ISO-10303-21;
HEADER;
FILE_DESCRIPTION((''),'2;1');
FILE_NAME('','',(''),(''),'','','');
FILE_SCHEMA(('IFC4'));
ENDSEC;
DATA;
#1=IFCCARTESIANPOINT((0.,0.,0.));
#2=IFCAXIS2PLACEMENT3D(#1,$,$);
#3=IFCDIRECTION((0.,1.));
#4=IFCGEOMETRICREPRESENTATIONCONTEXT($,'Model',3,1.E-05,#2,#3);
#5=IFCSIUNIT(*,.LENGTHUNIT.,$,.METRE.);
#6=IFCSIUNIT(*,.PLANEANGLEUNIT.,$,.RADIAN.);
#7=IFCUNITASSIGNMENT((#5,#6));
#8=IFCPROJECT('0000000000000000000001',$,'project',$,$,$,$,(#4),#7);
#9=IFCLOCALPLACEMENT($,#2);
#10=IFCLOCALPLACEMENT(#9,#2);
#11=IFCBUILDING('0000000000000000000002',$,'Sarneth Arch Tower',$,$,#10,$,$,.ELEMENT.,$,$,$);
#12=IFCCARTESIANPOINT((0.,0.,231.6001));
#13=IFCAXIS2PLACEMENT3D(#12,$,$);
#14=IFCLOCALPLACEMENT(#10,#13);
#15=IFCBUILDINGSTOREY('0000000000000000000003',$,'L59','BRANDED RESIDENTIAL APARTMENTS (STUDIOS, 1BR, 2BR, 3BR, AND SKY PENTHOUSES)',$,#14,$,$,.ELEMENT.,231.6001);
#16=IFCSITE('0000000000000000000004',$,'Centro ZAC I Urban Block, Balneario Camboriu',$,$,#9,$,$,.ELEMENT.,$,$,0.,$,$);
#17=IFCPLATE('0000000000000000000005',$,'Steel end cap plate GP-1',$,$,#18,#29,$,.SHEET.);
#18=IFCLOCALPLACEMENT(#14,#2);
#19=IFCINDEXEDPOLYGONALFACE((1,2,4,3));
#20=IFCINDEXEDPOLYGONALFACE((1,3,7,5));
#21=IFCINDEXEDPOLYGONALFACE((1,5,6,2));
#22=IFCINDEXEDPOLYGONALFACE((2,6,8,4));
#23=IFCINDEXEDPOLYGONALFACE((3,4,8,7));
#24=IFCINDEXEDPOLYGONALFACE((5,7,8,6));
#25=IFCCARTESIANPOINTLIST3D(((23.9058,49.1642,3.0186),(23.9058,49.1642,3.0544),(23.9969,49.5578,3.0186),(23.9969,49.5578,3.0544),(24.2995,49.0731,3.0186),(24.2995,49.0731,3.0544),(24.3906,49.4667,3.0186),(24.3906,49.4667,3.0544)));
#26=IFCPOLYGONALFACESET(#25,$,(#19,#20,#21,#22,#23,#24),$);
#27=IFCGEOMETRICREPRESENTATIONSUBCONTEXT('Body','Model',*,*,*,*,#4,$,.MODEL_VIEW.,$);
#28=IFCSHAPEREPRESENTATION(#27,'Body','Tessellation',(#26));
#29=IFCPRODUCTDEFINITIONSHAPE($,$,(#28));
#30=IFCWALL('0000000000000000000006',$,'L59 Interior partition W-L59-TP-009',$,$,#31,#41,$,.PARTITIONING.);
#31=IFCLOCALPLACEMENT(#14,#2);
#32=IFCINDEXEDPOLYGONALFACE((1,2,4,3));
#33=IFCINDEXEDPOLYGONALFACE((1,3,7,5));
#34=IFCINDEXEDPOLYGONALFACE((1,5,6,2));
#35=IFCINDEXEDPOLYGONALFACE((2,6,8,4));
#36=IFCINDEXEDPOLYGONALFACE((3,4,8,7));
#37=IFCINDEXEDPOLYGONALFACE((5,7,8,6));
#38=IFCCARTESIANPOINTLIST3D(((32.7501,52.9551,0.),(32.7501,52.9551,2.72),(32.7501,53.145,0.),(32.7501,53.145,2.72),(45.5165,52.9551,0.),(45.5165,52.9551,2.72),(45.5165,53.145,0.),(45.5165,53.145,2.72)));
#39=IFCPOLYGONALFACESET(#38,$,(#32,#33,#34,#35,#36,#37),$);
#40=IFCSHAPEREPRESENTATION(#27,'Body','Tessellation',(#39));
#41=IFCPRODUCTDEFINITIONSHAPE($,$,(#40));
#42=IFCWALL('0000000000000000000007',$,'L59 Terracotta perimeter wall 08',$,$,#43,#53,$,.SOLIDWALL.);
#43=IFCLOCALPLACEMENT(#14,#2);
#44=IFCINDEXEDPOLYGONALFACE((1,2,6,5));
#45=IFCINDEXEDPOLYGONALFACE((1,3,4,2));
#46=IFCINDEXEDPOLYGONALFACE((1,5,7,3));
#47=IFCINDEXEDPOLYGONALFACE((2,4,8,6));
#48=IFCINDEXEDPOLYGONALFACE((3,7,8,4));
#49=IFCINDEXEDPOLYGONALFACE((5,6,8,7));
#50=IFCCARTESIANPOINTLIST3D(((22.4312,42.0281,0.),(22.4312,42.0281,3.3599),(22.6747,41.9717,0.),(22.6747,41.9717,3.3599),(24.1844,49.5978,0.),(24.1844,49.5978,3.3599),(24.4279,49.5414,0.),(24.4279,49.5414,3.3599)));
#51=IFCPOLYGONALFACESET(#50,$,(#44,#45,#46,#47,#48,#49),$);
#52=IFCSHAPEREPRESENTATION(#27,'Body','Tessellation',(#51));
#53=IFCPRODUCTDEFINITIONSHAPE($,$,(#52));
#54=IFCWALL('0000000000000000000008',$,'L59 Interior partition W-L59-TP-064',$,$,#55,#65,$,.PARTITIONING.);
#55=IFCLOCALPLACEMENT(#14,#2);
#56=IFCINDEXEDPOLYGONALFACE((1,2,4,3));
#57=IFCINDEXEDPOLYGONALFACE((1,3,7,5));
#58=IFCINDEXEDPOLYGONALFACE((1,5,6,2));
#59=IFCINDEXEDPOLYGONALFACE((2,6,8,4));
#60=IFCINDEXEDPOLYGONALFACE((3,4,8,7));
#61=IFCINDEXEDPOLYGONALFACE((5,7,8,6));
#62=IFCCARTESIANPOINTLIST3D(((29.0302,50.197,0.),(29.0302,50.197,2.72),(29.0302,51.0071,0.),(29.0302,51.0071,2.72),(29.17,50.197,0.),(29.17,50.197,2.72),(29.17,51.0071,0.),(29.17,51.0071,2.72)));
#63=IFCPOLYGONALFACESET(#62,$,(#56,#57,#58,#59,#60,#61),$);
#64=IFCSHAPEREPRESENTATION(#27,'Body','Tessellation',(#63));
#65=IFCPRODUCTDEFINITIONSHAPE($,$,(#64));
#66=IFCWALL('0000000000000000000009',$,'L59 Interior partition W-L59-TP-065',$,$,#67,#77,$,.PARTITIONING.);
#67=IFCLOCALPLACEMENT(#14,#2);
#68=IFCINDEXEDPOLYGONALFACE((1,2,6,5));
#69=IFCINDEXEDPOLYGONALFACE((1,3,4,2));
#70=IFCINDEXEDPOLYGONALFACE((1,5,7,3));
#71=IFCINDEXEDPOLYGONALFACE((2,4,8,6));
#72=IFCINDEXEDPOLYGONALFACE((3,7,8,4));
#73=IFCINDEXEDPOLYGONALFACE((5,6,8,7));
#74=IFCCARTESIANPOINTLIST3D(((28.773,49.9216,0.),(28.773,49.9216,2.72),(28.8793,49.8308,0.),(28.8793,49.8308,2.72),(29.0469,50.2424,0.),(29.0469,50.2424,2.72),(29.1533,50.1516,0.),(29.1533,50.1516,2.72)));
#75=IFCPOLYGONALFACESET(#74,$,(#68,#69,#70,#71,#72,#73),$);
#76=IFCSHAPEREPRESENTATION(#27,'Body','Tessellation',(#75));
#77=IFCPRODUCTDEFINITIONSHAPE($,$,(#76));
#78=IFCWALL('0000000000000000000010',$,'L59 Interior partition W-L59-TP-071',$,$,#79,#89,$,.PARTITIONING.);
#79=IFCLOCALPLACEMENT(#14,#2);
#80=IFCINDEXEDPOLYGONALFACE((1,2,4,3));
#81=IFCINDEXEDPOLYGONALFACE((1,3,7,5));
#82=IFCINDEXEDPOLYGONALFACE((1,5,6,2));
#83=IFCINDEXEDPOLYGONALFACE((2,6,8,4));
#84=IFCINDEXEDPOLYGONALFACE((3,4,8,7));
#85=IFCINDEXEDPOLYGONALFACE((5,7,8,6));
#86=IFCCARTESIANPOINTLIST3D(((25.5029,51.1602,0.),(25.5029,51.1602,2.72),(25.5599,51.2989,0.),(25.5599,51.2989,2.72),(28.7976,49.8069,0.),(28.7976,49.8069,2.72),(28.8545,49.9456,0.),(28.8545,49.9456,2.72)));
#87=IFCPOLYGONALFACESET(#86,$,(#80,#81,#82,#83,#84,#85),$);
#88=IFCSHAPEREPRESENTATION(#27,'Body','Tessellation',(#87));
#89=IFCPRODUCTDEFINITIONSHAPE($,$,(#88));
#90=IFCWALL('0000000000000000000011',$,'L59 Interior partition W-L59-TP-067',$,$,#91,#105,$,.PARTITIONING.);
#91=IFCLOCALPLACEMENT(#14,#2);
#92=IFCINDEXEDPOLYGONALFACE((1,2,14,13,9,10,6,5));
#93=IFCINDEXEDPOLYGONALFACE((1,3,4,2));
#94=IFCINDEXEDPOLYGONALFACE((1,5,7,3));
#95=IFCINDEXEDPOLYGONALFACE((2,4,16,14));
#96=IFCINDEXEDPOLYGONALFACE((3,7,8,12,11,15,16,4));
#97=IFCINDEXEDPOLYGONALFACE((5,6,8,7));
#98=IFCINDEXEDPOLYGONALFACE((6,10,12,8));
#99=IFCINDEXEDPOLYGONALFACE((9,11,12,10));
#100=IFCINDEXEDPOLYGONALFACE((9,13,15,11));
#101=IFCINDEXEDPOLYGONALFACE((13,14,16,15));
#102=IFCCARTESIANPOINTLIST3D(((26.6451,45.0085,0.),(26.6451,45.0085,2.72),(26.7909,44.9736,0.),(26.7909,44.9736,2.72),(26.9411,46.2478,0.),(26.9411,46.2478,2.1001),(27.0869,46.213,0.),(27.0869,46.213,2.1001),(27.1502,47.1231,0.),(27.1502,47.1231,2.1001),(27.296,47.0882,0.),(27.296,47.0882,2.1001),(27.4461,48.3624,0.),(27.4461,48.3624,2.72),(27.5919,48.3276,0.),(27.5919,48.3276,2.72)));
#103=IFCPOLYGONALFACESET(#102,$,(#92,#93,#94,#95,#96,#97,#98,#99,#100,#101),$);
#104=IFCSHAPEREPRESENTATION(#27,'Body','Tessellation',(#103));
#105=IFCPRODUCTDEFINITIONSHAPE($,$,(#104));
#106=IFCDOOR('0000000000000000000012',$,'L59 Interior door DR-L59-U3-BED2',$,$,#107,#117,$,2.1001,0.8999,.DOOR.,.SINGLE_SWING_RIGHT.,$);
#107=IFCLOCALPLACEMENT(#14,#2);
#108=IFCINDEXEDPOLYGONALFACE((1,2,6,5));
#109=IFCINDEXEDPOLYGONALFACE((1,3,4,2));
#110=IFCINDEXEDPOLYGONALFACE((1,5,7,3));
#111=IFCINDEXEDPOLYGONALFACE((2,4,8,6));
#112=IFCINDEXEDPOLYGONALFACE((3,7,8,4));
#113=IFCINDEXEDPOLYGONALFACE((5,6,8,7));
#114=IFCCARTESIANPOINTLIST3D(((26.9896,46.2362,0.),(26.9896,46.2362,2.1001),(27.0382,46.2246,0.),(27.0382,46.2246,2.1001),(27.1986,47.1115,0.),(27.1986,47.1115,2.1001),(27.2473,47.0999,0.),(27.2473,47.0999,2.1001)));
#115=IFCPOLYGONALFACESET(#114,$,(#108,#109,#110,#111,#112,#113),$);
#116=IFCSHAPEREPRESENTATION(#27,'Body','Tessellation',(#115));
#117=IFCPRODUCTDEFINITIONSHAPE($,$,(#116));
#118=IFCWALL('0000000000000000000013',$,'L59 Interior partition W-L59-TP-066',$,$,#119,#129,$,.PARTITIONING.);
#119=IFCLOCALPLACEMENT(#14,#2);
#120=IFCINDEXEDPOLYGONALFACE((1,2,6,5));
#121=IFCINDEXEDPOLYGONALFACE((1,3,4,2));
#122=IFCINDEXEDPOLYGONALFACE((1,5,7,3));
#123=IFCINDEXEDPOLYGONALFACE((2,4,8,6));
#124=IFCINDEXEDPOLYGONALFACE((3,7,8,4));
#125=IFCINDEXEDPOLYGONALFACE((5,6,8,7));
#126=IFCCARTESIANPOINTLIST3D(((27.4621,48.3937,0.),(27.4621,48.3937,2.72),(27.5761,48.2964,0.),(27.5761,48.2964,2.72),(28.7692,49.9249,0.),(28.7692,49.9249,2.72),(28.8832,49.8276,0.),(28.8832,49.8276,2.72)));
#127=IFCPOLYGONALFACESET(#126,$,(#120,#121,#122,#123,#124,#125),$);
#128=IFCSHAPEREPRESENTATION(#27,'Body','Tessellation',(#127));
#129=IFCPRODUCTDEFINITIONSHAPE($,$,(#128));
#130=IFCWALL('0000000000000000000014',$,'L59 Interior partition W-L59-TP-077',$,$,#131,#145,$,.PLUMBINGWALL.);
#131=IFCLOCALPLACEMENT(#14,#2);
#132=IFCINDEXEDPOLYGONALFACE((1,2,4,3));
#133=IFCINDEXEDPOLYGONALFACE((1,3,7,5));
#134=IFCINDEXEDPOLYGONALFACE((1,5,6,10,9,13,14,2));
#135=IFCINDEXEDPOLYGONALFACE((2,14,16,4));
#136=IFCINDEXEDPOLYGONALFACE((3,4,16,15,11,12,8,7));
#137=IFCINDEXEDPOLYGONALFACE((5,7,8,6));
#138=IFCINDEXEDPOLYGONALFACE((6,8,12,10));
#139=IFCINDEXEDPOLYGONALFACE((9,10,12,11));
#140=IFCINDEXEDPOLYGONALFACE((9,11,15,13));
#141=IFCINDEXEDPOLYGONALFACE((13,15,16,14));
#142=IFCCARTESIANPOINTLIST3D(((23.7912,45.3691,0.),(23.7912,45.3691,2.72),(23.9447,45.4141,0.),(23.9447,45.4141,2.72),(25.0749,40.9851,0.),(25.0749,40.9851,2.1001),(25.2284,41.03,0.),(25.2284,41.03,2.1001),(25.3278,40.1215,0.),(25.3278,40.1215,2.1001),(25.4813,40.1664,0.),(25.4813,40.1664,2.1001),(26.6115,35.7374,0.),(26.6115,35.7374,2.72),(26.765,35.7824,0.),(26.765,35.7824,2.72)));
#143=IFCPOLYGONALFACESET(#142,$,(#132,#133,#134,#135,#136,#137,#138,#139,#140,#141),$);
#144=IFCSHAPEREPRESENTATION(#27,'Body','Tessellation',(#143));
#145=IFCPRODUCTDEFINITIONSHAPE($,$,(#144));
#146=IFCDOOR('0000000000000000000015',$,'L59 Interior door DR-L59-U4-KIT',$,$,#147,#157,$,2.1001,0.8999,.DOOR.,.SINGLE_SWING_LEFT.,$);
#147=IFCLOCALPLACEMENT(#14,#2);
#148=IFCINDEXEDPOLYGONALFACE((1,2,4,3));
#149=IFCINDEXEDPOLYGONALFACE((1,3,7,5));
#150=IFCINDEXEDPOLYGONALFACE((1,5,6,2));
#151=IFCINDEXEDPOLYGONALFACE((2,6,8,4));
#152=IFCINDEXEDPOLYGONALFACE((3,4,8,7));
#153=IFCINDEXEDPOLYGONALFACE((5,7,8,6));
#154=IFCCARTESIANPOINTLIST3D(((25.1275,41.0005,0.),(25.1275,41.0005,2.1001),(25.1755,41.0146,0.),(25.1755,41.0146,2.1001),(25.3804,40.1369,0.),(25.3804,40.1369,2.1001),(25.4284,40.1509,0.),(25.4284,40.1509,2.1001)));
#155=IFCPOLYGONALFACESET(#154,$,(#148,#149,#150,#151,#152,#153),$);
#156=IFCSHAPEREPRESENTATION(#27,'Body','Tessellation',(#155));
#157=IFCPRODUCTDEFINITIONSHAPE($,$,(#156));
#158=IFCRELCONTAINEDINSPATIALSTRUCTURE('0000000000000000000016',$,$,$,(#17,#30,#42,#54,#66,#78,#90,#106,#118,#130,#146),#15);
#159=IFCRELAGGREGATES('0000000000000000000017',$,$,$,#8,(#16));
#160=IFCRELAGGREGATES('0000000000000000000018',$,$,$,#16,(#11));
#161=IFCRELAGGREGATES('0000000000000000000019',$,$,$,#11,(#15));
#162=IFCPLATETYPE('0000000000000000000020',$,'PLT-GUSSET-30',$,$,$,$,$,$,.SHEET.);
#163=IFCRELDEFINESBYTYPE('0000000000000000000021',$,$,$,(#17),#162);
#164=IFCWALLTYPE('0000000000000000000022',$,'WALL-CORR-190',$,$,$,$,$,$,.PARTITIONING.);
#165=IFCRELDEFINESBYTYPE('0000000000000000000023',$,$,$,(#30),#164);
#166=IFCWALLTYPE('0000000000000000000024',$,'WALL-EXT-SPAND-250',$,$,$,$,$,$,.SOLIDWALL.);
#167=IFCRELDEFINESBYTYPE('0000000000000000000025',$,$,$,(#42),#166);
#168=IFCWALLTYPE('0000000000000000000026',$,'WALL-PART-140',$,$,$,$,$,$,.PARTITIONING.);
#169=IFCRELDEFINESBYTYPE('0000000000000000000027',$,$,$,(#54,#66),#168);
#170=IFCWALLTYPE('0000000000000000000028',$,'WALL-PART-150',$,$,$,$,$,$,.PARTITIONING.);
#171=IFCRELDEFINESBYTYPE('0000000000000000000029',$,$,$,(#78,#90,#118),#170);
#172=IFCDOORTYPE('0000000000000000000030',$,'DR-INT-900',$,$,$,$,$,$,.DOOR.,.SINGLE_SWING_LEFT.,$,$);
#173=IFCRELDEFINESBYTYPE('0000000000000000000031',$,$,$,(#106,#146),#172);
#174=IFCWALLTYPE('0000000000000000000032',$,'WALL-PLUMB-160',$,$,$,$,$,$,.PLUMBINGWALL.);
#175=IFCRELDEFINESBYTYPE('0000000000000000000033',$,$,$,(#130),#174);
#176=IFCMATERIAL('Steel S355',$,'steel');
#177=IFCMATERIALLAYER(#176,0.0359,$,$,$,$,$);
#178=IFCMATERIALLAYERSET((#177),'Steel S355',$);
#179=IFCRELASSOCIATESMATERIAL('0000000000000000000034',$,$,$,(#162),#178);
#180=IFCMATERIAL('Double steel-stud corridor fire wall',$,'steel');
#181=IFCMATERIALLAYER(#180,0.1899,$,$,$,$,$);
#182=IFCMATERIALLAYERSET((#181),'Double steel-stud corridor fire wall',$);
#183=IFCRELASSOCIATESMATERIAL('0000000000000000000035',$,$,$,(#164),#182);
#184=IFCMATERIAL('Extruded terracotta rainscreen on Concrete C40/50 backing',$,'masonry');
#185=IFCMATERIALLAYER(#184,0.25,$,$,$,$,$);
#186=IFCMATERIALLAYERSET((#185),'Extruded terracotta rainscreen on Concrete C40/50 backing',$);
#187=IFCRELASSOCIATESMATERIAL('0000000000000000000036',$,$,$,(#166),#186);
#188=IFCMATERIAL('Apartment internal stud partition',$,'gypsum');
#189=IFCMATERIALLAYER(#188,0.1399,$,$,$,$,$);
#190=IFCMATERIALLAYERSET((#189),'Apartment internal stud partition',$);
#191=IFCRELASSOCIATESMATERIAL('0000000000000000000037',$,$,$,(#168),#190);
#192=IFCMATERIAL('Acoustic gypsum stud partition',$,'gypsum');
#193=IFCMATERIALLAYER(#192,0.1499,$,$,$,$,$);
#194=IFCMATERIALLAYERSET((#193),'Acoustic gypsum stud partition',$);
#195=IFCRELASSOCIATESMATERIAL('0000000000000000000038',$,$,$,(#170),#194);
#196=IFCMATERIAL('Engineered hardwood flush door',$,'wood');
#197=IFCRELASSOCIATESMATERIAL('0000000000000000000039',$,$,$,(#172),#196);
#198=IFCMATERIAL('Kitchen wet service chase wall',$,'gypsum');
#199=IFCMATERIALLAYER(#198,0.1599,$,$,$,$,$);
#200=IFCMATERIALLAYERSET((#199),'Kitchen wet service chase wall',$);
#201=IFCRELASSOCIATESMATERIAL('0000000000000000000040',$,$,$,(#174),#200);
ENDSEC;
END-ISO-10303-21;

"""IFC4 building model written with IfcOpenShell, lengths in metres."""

from ifc_helpers import new_model, si_unit, direction, frame, frame_2d, origin, origin_2d, place, context, subcontext, project, spatial, rectangle, extrude, material, layer, layer_set, type_object, element, fill, save


model = new_model("IFC4")

# Units and contexts
model_context = context("Model", 3, precision=1e-05, world=origin(), true_north=direction((0.0, 1.0)))
body_context = subcontext(model_context, "Body", "Model", "MODEL_VIEW")
ifc_project = project(units=[si_unit("LENGTHUNIT", "METRE"), si_unit("PLANEANGLEUNIT", "RADIAN")], contexts=[model_context])

# Site, building, storey
site_placement = place(None, origin())
site = spatial("IfcSite", under=ifc_project, at=site_placement, Name="Centro ZAC I Urban Block, Balneario Camboriu", CompositionType="ELEMENT", RefElevation=0.0)
building_placement = place(site_placement, origin())
building = spatial("IfcBuilding", under=site, at=building_placement, Name="Sarneth Arch Tower", CompositionType="ELEMENT")
storey_placement = place(building_placement, frame((0.0, 0.0, 231.6001)))
storey = spatial("IfcBuildingStorey", under=building, at=storey_placement, Name="L59", Description="BRANDED RESIDENTIAL APARTMENTS (STUDIOS, 1BR, 2BR, 3BR, AND SKY PENTHOUSES)", CompositionType="ELEMENT", Elevation=231.6001)

# Plate
ifc_material_1 = material(Name="Steel S355", Category="steel")
ifc_layer_1 = layer(ifc_material_1, 0.0359)
ifc_layer_set_1 = layer_set([ifc_layer_1], Name="Steel S355")
plate_type = type_object("IfcPlateType", Name="PLT-GUSSET-30", PredefinedType="SHEET", material=ifc_layer_set_1)
for number, where, z_axis, x_axis, name in (
    (1, (24.1482, 49.3154, 3.0186), (0.0, 0.0, 1.0), (-0.225461, -0.974252, 0.0), "Steel end cap plate GP-1"),
):
    element("IfcPlate", number, at=place(storey_placement, frame(where, z_axis=z_axis, x_axis=x_axis)), inside=storey, type_object=plate_type, Name=name, PredefinedType="SHEET", context=body_context, shape_type="SweptSolid", body=[
        extrude(rectangle(XDim=0.4041, YDim=0.4041, at=origin_2d()), origin(), (0.0, 0.0, 1.0), 0.0359),
    ])

# Walls
ifc_material_2 = material(Name="Double steel-stud corridor fire wall", Category="steel")
ifc_layer_2 = layer(ifc_material_2, 0.1899)
ifc_layer_set_2 = layer_set([ifc_layer_2], Name="Double steel-stud corridor fire wall")
wall_type_1 = type_object("IfcWallType", Name="WALL-CORR-190", PredefinedType="PARTITIONING", material=ifc_layer_set_2)
wall_1_placement = place(storey_placement, frame((32.75, 53.05, 0.0), z_axis=(0.0, 0.0, 1.0), x_axis=(1.0, 0.0, 0.0)))
element("IfcWall", 2, at=wall_1_placement, inside=storey, type_object=wall_type_1, Name="L59 Interior partition W-L59-TP-009", PredefinedType="PARTITIONING", context=body_context, shape_type="SweptSolid", body=[
    extrude(rectangle(XDim=12.7664, YDim=0.1899, at=frame_2d((6.3833, 0.0))), origin(), (0.0, 0.0, 1.0), 2.72),
])
ifc_material_3 = material(Name="Extruded terracotta rainscreen on Concrete C40/50 backing", Category="masonry")
ifc_layer_3 = layer(ifc_material_3, 0.25)
ifc_layer_set_3 = layer_set([ifc_layer_3], Name="Extruded terracotta rainscreen on Concrete C40/50 backing")
wall_type_2 = type_object("IfcWallType", Name="WALL-EXT-SPAND-250", PredefinedType="SOLIDWALL", material=ifc_layer_set_3)
wall_2_placement = place(storey_placement, frame((24.3062, 49.5696, 0.0), z_axis=(0.0, 0.0, 1.0), x_axis=(-0.225635, -0.974212, 0.0)))
element("IfcWall", 3, at=wall_2_placement, inside=storey, type_object=wall_type_2, Name="L59 Terracotta perimeter wall 08", PredefinedType="SOLIDWALL", context=body_context, shape_type="SweptSolid", body=[
    extrude(rectangle(XDim=7.77, YDim=0.25, at=frame_2d((3.885, 0.0))), origin(), (0.0, 0.0, 1.0), 3.3599),
])
ifc_material_4 = material(Name="Apartment internal stud partition", Category="gypsum")
ifc_layer_4 = layer(ifc_material_4, 0.1399)
ifc_layer_set_4 = layer_set([ifc_layer_4], Name="Apartment internal stud partition")
wall_type_3 = type_object("IfcWallType", Name="WALL-PART-140", PredefinedType="PARTITIONING", material=ifc_layer_set_4)
wall_3_placement = place(storey_placement, frame((29.1001, 51.0071, 0.0), z_axis=(0.0, 0.0, 1.0), x_axis=(0.0, -1.0, 0.0)))
element("IfcWall", 4, at=wall_3_placement, inside=storey, type_object=wall_type_3, Name="L59 Interior partition W-L59-TP-064", PredefinedType="PARTITIONING", context=body_context, shape_type="SweptSolid", body=[
    extrude(rectangle(XDim=0.8101, YDim=0.1399, at=frame_2d((0.405, 0.0))), origin(), (0.0, 0.0, 1.0), 2.72),
])
wall_4_placement = place(storey_placement, frame((29.1001, 50.197, 0.0), z_axis=(0.0, 0.0, 1.0), x_axis=(-0.64936, -0.760481, 0.0)))
element("IfcWall", 5, at=wall_4_placement, inside=storey, type_object=wall_type_3, Name="L59 Interior partition W-L59-TP-065", PredefinedType="PARTITIONING", context=body_context, shape_type="SweptSolid", body=[
    extrude(rectangle(XDim=0.4219, YDim=0.1399, at=frame_2d((0.2109, 0.0))), origin(), (0.0, 0.0, 1.0), 2.72),
])
ifc_material_5 = material(Name="Acoustic gypsum stud partition", Category="gypsum")
ifc_layer_5 = layer(ifc_material_5, 0.1499)
ifc_layer_set_5 = layer_set([ifc_layer_5], Name="Acoustic gypsum stud partition")
wall_type_4 = type_object("IfcWallType", Name="WALL-PART-150", PredefinedType="PARTITIONING", material=ifc_layer_set_5)
wall_5_placement = place(storey_placement, frame((25.5315, 51.2295, 0.0), z_axis=(0.0, 0.0, 1.0), x_axis=(0.92501, -0.379943, 0.0)))
element("IfcWall", 6, at=wall_5_placement, inside=storey, type_object=wall_type_4, Name="L59 Interior partition W-L59-TP-071", PredefinedType="PARTITIONING", context=body_context, shape_type="SweptSolid", body=[
    extrude(rectangle(XDim=3.5618, YDim=0.1499, at=frame_2d((1.7808, 0.0))), origin(), (0.0, 0.0, 1.0), 2.72),
])

# Wall, opening, door
wall_6_placement = place(storey_placement, frame((27.519, 48.345, 0.0), z_axis=(0.0, 0.0, 1.0), x_axis=(-0.232294, -0.972646, 0.0)))
wall_6 = element("IfcWall", 7, at=wall_6_placement, inside=storey, type_object=wall_type_4, Name="L59 Interior partition W-L59-TP-067", PredefinedType="PARTITIONING", context=body_context, shape_type="SweptSolid", body=[
    extrude(rectangle(XDim=3.4482, YDim=0.1499, at=frame_2d((1.7241, 0.0))), origin(), (0.0, 0.0, 1.0), 2.72),
])
opening_1_placement = place(wall_6_placement, frame((1.2742, 0.0, 0.0)))
opening_1 = element("IfcOpeningElement", 8, at=opening_1_placement, cuts=wall_6, PredefinedType="OPENING", context=body_context, shape_type="SweptSolid", body=[
    extrude(rectangle(XDim=0.8999, YDim=2.1001, at=frame_2d((0.45, 1.05))), frame((0.0, 0.085, 0.0), z_axis=(0.0, -1.0, 0.0), x_axis=(1.0, 0.0, 0.0)), (0.0, 0.0, 1.0), 0.1699),
])
ifc_material_6 = material(Name="Engineered hardwood flush door", Category="wood")
door_type_1 = type_object("IfcDoorType", Name="DR-INT-900", OperationType="SINGLE_SWING_LEFT", PredefinedType="DOOR", material=ifc_material_6)
door_1_placement = place(opening_1_placement, origin())
door_1 = element("IfcDoor", 9, at=door_1_placement, inside=storey, type_object=door_type_1, Name="L59 Interior door DR-L59-U3-BED2", OperationType="SINGLE_SWING_RIGHT", OverallHeight=2.1001, OverallWidth=0.8999, PredefinedType="DOOR", context=body_context, shape_type="SweptSolid", body=[
    extrude(rectangle(XDim=0.8999, YDim=2.1001, at=frame_2d((0.45, 1.05))), frame((0.0, 0.0249, 0.0), z_axis=(0.0, -1.0, 0.0), x_axis=(1.0, 0.0, 0.0)), (0.0, 0.0, 1.0), 0.05),
])
fill(opening_1, door_1)

# Wall
wall_7_placement = place(storey_placement, frame((28.8262, 49.8762, 0.0), z_axis=(0.0, 0.0, 1.0), x_axis=(-0.649252, -0.760573, 0.0)))
element("IfcWall", 10, at=wall_7_placement, inside=storey, type_object=wall_type_4, Name="L59 Interior partition W-L59-TP-066", PredefinedType="PARTITIONING", context=body_context, shape_type="SweptSolid", body=[
    extrude(rectangle(XDim=2.0132, YDim=0.1499, at=frame_2d((1.0066, 0.0))), origin(), (0.0, 0.0, 1.0), 2.72),
])

# Wall, opening, door
ifc_material_7 = material(Name="Kitchen wet service chase wall", Category="gypsum")
ifc_layer_6 = layer(ifc_material_7, 0.1599)
ifc_layer_set_6 = layer_set([ifc_layer_6], Name="Kitchen wet service chase wall")
wall_type_5 = type_object("IfcWallType", Name="WALL-PLUMB-160", PredefinedType="PLUMBINGWALL", material=ifc_layer_set_6)
wall_8_placement = place(storey_placement, frame((23.8679, 45.3916, 0.0), z_axis=(0.0, 0.0, 1.0), x_axis=(0.281019, -0.959702, 0.0)))
wall_8 = element("IfcWall", 11, at=wall_8_placement, inside=storey, type_object=wall_type_5, Name="L59 Interior partition W-L59-TP-077", PredefinedType="PLUMBINGWALL", context=body_context, shape_type="SweptSolid", body=[
    extrude(rectangle(XDim=10.0361, YDim=0.1599, at=frame_2d((5.0181, 0.0))), origin(), (0.0, 0.0, 1.0), 2.72),
])
opening_2_placement = place(wall_8_placement, frame((4.5681, 0.0, 0.0)))
opening_2 = element("IfcOpeningElement", 12, at=opening_2_placement, cuts=wall_8, PredefinedType="OPENING", context=body_context, shape_type="SweptSolid", body=[
    extrude(rectangle(XDim=0.8999, YDim=2.1001, at=frame_2d((0.45, 1.05))), frame((0.0, 0.0898, 0.0), z_axis=(0.0, -1.0, 0.0), x_axis=(1.0, 0.0, 0.0)), (0.0, 0.0, 1.0), 0.1799),
])
door_2_placement = place(opening_2_placement, origin())
door_2 = element("IfcDoor", 13, at=door_2_placement, inside=storey, type_object=door_type_1, Name="L59 Interior door DR-L59-U4-KIT", OperationType="SINGLE_SWING_LEFT", OverallHeight=2.1001, OverallWidth=0.8999, PredefinedType="DOOR", context=body_context, shape_type="SweptSolid", body=[
    extrude(rectangle(XDim=0.8999, YDim=2.1001, at=frame_2d((0.45, 1.05))), frame((0.0, 0.0249, 0.0), z_axis=(0.0, -1.0, 0.0), x_axis=(1.0, 0.0, 0.0)), (0.0, 0.0, 1.0), 0.05),
])
fill(opening_2, door_2)

save(model, "model.ifc")
